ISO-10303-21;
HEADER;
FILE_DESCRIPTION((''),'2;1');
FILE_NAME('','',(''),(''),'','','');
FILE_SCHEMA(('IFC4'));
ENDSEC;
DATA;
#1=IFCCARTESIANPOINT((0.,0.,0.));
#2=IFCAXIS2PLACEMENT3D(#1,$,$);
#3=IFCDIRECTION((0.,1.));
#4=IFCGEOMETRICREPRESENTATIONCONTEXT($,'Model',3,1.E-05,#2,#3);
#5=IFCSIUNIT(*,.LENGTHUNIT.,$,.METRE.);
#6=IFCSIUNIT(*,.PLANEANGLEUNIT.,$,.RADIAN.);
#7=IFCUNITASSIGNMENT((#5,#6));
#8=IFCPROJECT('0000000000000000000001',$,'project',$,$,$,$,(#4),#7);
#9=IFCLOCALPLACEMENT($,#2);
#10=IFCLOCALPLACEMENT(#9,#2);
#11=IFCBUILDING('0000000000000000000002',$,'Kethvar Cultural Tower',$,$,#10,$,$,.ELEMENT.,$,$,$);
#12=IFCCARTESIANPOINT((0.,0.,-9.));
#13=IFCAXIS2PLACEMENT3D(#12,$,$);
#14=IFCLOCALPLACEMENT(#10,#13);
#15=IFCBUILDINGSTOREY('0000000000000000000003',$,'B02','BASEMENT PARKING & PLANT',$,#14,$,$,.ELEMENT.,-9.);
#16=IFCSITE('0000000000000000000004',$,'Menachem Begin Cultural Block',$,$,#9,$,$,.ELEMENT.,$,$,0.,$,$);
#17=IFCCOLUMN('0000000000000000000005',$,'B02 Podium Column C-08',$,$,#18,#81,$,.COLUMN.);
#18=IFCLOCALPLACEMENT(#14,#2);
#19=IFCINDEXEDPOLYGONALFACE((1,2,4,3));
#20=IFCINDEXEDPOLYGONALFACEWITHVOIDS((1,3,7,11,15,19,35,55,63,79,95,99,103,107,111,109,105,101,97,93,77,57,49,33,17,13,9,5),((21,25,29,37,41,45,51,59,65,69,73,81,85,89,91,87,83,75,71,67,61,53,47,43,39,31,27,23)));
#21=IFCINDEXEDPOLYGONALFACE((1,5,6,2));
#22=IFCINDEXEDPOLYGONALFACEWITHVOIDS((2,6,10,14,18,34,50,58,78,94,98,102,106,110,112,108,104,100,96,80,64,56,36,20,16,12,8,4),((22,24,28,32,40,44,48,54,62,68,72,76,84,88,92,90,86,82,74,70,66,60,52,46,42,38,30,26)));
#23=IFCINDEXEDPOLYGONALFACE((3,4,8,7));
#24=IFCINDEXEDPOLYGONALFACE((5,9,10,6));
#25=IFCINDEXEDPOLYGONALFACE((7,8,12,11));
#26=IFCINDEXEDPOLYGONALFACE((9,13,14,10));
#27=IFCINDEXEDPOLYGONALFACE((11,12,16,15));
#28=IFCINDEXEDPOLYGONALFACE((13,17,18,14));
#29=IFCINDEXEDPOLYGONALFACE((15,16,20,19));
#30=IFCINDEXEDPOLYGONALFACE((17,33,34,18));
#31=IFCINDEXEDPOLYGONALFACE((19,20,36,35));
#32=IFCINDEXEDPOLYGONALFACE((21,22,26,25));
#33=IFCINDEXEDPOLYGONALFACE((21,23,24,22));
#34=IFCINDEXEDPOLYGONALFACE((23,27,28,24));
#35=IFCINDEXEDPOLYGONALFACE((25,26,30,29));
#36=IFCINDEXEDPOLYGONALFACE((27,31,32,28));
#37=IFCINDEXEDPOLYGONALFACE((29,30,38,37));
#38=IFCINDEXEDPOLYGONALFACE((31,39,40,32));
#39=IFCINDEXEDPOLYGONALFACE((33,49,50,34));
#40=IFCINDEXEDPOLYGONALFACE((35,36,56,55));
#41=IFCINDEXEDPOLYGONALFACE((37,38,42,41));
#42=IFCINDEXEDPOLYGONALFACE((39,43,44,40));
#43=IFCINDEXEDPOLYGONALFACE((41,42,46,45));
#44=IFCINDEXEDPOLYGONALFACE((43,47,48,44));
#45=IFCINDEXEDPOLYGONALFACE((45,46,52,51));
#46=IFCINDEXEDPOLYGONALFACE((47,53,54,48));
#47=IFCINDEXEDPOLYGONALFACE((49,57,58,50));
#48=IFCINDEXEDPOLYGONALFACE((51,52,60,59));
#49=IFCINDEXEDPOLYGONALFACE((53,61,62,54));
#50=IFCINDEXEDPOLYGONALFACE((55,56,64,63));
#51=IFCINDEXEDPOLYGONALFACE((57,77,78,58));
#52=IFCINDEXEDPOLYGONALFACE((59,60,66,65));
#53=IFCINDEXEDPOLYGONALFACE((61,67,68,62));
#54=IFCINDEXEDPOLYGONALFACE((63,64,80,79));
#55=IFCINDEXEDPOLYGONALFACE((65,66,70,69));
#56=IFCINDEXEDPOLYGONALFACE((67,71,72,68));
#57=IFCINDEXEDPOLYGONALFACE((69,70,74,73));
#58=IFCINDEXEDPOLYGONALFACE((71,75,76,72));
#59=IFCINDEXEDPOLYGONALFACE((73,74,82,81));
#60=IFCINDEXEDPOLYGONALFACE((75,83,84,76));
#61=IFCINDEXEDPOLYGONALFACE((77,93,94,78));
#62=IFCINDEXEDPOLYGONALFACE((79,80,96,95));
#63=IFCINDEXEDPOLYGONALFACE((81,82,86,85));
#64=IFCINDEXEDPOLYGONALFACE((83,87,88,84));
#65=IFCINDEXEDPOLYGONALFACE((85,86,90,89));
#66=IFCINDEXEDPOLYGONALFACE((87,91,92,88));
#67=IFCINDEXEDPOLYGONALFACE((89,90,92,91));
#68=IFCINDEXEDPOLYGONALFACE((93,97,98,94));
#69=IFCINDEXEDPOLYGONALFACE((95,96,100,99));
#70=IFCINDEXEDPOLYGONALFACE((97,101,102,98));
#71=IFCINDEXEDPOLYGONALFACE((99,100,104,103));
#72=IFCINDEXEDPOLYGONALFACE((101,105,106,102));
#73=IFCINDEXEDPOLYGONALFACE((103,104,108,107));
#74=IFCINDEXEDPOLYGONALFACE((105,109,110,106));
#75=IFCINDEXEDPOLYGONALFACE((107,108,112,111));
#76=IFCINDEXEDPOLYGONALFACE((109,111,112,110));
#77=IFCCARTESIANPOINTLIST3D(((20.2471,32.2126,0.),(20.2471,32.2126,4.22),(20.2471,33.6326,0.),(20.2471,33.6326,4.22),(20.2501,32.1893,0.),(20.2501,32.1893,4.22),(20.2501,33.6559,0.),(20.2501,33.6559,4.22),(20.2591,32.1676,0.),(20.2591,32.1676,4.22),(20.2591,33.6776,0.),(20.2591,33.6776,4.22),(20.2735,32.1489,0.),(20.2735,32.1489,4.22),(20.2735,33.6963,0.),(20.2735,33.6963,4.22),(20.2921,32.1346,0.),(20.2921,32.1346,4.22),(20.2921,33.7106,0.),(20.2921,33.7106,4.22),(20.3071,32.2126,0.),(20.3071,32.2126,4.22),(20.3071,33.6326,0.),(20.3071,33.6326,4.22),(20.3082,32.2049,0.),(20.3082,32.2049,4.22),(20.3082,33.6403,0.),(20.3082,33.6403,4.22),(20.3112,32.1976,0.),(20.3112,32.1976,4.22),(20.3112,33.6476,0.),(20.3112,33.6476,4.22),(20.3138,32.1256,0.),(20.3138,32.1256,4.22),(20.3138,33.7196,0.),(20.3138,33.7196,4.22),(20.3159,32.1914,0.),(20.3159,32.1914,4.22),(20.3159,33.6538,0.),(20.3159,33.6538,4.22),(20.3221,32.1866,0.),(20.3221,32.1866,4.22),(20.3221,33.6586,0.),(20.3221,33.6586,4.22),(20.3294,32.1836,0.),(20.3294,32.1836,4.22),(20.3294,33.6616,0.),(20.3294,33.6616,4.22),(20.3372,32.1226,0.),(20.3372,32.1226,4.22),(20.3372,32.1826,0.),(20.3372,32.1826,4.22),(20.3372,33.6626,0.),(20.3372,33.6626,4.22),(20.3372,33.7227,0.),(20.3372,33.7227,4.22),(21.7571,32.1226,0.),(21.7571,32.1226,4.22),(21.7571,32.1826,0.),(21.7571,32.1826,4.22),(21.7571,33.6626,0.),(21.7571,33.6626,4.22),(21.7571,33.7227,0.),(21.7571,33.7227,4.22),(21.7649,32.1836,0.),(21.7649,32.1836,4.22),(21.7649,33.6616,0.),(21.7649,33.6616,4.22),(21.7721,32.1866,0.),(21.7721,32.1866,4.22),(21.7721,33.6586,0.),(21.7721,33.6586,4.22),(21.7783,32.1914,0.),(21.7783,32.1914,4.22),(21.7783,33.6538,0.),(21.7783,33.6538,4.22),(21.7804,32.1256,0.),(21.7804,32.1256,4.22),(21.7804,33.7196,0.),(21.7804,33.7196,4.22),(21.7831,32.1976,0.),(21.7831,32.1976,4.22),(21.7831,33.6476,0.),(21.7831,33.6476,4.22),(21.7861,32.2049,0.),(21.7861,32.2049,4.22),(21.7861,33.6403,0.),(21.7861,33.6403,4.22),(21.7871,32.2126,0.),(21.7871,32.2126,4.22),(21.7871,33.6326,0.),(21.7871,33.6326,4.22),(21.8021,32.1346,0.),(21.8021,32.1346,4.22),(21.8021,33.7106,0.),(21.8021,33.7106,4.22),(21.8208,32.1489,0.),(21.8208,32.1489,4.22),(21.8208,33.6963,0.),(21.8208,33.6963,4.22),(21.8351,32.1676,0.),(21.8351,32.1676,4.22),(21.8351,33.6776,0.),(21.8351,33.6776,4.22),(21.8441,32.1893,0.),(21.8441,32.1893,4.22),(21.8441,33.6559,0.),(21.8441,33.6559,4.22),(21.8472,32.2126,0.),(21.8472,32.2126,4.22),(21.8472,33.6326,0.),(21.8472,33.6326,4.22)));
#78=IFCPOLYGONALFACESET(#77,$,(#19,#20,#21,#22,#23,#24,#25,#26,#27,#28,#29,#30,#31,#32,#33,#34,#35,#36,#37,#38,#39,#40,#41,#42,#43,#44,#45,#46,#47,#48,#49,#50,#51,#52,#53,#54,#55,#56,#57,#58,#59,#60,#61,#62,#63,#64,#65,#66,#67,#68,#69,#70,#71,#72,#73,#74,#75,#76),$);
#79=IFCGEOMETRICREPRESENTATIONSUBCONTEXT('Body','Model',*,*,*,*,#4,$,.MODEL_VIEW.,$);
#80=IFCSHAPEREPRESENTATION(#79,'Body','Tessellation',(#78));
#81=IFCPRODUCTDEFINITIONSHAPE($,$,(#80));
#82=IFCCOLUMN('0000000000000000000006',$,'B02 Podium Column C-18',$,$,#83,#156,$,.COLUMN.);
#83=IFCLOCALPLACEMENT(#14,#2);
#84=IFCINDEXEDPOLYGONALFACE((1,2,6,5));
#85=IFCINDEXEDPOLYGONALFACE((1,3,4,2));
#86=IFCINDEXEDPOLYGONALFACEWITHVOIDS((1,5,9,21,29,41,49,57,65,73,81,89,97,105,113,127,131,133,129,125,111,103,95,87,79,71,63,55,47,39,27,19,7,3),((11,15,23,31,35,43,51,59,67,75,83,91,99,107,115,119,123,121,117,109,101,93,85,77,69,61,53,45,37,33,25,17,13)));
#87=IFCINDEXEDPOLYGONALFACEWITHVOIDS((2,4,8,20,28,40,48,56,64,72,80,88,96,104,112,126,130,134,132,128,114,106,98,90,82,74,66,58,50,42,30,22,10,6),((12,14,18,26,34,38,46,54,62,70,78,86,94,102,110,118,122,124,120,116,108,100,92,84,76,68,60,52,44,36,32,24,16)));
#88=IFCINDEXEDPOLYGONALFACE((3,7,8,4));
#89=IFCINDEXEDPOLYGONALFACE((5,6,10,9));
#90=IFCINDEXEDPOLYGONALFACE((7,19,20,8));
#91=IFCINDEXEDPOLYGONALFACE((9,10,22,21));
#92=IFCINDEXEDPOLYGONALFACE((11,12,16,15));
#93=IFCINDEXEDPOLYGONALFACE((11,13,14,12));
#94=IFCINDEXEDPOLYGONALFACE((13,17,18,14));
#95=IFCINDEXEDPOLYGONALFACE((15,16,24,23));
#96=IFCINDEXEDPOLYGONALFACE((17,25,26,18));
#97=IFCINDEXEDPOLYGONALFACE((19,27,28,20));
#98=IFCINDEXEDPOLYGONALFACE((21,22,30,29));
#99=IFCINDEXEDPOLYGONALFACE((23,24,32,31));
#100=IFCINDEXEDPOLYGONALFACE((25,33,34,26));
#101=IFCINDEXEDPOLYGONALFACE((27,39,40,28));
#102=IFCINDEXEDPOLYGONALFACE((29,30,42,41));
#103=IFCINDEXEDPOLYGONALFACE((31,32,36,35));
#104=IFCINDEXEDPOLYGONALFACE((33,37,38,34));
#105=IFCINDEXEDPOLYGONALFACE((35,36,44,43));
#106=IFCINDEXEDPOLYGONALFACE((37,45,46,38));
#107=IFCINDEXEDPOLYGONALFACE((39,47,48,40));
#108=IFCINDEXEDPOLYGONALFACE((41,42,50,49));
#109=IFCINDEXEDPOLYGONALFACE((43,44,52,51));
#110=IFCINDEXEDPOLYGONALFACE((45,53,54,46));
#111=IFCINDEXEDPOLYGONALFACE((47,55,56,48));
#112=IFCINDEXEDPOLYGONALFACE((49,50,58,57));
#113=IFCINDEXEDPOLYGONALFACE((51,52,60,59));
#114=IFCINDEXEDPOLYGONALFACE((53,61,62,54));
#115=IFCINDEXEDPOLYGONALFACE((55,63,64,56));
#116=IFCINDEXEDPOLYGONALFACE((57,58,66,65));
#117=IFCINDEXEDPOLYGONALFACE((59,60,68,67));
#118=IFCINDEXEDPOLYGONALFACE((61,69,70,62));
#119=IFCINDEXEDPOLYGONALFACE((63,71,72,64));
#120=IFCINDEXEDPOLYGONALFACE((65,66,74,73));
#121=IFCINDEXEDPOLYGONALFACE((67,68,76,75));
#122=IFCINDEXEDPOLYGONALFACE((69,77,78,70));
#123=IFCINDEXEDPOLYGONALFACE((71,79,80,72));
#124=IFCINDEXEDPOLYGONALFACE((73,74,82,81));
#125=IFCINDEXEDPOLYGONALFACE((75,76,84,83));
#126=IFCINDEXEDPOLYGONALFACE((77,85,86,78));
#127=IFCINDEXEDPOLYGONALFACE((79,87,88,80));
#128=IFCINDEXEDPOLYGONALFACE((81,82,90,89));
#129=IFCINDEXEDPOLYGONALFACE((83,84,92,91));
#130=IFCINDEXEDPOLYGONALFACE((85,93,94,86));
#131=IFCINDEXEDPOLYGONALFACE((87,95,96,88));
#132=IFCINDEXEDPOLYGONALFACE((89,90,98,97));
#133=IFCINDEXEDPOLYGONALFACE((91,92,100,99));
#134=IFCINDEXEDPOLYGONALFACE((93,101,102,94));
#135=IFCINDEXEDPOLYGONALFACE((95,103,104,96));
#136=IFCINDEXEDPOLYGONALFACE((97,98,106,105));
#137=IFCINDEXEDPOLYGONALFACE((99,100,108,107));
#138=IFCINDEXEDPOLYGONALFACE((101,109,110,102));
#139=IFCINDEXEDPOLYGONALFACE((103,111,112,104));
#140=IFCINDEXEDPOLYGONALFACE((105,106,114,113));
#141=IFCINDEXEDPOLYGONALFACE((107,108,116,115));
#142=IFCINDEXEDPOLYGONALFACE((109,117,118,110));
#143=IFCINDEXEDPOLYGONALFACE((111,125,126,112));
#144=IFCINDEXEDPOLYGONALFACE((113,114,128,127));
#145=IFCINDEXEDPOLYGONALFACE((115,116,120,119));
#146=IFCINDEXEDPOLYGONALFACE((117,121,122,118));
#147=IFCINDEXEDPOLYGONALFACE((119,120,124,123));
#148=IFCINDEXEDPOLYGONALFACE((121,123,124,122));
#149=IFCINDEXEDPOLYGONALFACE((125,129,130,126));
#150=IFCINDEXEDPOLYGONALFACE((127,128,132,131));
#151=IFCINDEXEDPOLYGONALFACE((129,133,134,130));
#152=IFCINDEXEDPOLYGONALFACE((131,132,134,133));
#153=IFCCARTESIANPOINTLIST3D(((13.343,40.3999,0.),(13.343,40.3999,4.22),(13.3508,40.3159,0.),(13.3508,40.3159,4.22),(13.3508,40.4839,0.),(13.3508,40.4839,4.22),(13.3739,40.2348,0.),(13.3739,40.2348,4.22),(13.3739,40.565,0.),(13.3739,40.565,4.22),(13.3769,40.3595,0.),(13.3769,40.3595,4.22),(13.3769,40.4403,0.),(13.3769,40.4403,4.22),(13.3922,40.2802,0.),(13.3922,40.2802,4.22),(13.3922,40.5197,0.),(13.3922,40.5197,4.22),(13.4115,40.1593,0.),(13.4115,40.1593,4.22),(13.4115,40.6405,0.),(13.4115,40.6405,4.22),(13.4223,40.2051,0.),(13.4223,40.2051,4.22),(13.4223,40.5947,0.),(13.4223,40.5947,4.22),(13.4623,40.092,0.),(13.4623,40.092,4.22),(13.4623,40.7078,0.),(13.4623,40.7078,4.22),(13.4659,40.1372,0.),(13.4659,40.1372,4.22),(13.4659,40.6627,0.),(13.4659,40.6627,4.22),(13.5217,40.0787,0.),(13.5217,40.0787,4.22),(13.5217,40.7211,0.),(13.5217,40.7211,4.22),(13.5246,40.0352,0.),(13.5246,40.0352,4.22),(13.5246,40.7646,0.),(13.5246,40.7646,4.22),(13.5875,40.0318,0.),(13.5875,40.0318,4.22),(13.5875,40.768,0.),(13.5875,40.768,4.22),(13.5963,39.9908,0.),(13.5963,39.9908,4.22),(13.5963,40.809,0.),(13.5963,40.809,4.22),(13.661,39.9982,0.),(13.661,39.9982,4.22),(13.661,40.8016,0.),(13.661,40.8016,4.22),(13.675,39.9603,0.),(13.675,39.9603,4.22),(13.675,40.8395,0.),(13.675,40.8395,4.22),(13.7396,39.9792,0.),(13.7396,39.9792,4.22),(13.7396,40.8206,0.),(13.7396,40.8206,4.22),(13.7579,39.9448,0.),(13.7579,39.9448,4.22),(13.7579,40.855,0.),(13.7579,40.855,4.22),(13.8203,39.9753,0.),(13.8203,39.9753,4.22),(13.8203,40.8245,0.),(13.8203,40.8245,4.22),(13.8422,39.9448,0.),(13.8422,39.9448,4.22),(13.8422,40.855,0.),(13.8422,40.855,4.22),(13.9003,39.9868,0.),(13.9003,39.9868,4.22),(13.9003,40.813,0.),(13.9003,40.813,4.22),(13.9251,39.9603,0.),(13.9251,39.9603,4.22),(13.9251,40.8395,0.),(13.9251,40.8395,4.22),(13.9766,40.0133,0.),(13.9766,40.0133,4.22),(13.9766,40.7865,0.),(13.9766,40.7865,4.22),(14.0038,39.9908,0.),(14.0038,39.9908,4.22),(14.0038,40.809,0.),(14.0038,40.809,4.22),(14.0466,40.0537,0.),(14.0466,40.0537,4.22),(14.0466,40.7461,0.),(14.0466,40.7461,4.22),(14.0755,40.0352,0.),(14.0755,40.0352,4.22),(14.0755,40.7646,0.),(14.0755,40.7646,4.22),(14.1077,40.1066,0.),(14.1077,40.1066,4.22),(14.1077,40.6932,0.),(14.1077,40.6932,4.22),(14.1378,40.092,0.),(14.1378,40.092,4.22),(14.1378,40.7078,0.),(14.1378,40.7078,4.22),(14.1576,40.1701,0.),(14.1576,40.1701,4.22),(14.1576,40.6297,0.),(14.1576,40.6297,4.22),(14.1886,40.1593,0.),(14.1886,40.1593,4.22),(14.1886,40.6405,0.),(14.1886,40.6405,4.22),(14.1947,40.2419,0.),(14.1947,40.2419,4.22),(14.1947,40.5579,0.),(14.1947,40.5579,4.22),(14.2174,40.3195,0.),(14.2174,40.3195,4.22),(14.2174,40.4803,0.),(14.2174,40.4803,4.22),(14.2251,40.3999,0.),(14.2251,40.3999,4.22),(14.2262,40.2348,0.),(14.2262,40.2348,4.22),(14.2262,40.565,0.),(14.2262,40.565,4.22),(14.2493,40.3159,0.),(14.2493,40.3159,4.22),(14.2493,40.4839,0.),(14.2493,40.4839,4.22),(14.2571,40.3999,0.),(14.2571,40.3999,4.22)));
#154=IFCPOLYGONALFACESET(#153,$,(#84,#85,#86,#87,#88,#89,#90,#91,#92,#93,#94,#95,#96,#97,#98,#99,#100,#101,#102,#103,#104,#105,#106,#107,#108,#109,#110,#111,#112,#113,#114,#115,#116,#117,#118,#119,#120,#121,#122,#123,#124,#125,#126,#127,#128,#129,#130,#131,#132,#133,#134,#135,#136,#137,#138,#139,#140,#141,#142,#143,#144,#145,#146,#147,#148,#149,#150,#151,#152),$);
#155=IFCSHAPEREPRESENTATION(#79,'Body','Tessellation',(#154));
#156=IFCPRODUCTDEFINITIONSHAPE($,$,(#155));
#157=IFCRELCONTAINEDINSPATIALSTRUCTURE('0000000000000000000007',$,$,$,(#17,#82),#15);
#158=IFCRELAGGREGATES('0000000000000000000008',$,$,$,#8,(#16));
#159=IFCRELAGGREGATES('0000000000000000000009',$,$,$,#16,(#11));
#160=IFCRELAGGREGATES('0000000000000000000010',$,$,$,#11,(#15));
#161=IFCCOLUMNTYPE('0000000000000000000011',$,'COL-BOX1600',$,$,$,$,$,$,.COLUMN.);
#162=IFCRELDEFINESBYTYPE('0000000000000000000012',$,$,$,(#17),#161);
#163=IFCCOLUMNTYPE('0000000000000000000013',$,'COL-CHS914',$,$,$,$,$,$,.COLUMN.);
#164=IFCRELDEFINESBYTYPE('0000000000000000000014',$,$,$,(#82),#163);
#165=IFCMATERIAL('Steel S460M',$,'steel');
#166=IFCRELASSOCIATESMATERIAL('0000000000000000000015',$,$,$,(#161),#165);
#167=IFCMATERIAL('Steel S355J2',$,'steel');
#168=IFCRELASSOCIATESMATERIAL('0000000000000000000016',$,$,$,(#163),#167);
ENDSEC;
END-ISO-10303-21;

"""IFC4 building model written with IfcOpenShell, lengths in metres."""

from ifc_helpers import new_model, si_unit, direction, frame, origin, origin_2d, place, context, subcontext, project, spatial, hollow_rectangle, hollow_circle, extrude, source, transform, mapped, material, material_profile, profile_set, type_object, element, save


model = new_model("IFC4")

# Units and contexts
model_context = context("Model", 3, precision=1e-05, world=origin(), true_north=direction((0.0, 1.0)))
body_context = subcontext(model_context, "Body", "Model", "MODEL_VIEW")
ifc_project = project(units=[si_unit("LENGTHUNIT", "METRE"), si_unit("PLANEANGLEUNIT", "RADIAN")], contexts=[model_context])

# Site, building, storey
site_placement = place(None, origin())
site = spatial("IfcSite", under=ifc_project, at=site_placement, Name="Menachem Begin Cultural Block", CompositionType="ELEMENT", RefElevation=0.0)
building_placement = place(site_placement, origin())
building = spatial("IfcBuilding", under=site, at=building_placement, Name="Kethvar Cultural Tower", CompositionType="ELEMENT")
storey_placement = place(building_placement, frame((0.0, 0.0, -9.0)))
storey = spatial("IfcBuildingStorey", under=building, at=storey_placement, Name="B02", Description="BASEMENT PARKING & PLANT", CompositionType="ELEMENT", Elevation=-9.0)

# Columns
ifc_material_1 = material(Name="Steel S460M", Category="steel")
ifc_material_profile_1 = material_profile(ifc_material_1, hollow_rectangle(XDim=1.6001, YDim=1.6001, WallThickness=0.0601, InnerFilletRadius=0.03, OuterFilletRadius=0.0901, at=origin_2d()), Name="Steel S460M — BOX1600x1600x60")
ifc_profile_set_1 = profile_set([ifc_material_profile_1], Name="Steel S460M — BOX1600x1600x60")
column_type_1 = type_object("IfcColumnType", Name="COL-BOX1600", PredefinedType="COLUMN", material=ifc_profile_set_1)
shared_shape_1 = source(origin(), body_context, "Body", "SweptSolid", [
    extrude(hollow_rectangle(XDim=1.6001, YDim=1.6001, WallThickness=0.0601, InnerFilletRadius=0.03, OuterFilletRadius=0.0901, at=origin_2d()), origin(), (0.0, 0.0, 1.0), 4.22),
])
column_1_placement = place(storey_placement, frame((21.0471, 32.9226, 0.0), z_axis=(0.0, 0.0, 1.0), x_axis=(1.0, 0.0, 0.0)))
element("IfcColumn", 1, at=column_1_placement, inside=storey, type_object=column_type_1, Name="B02 Podium Column C-08", PredefinedType="COLUMN", context=body_context, shape_type="MappedRepresentation", body=[
    mapped(shared_shape_1, transform((0.0, 0.0, 0.0), scale=1.0)),
])
ifc_material_2 = material(Name="Steel S355J2", Category="steel")
ifc_material_profile_2 = material_profile(ifc_material_2, hollow_circle(Radius=0.457, WallThickness=0.032, at=origin_2d()), Name="Steel S355J2 — CHS914x32")
ifc_profile_set_2 = profile_set([ifc_material_profile_2], Name="Steel S355J2 — CHS914x32")
column_type_2 = type_object("IfcColumnType", Name="COL-CHS914", PredefinedType="COLUMN", material=ifc_profile_set_2)
shared_shape_2 = source(origin(), body_context, "Body", "SweptSolid", [
    extrude(hollow_circle(Radius=0.457, WallThickness=0.032, at=origin_2d()), origin(), (0.0, 0.0, 1.0), 4.22),
])
column_2_placement = place(storey_placement, frame((13.8, 40.3999, 0.0), z_axis=(0.0, 0.0, 1.0), x_axis=(1.0, 0.0, 0.0)))
element("IfcColumn", 2, at=column_2_placement, inside=storey, type_object=column_type_2, Name="B02 Podium Column C-18", PredefinedType="COLUMN", context=body_context, shape_type="MappedRepresentation", body=[
    mapped(shared_shape_2, transform((0.0, 0.0, 0.0), scale=1.0)),
])

save(model, "model.ifc")
